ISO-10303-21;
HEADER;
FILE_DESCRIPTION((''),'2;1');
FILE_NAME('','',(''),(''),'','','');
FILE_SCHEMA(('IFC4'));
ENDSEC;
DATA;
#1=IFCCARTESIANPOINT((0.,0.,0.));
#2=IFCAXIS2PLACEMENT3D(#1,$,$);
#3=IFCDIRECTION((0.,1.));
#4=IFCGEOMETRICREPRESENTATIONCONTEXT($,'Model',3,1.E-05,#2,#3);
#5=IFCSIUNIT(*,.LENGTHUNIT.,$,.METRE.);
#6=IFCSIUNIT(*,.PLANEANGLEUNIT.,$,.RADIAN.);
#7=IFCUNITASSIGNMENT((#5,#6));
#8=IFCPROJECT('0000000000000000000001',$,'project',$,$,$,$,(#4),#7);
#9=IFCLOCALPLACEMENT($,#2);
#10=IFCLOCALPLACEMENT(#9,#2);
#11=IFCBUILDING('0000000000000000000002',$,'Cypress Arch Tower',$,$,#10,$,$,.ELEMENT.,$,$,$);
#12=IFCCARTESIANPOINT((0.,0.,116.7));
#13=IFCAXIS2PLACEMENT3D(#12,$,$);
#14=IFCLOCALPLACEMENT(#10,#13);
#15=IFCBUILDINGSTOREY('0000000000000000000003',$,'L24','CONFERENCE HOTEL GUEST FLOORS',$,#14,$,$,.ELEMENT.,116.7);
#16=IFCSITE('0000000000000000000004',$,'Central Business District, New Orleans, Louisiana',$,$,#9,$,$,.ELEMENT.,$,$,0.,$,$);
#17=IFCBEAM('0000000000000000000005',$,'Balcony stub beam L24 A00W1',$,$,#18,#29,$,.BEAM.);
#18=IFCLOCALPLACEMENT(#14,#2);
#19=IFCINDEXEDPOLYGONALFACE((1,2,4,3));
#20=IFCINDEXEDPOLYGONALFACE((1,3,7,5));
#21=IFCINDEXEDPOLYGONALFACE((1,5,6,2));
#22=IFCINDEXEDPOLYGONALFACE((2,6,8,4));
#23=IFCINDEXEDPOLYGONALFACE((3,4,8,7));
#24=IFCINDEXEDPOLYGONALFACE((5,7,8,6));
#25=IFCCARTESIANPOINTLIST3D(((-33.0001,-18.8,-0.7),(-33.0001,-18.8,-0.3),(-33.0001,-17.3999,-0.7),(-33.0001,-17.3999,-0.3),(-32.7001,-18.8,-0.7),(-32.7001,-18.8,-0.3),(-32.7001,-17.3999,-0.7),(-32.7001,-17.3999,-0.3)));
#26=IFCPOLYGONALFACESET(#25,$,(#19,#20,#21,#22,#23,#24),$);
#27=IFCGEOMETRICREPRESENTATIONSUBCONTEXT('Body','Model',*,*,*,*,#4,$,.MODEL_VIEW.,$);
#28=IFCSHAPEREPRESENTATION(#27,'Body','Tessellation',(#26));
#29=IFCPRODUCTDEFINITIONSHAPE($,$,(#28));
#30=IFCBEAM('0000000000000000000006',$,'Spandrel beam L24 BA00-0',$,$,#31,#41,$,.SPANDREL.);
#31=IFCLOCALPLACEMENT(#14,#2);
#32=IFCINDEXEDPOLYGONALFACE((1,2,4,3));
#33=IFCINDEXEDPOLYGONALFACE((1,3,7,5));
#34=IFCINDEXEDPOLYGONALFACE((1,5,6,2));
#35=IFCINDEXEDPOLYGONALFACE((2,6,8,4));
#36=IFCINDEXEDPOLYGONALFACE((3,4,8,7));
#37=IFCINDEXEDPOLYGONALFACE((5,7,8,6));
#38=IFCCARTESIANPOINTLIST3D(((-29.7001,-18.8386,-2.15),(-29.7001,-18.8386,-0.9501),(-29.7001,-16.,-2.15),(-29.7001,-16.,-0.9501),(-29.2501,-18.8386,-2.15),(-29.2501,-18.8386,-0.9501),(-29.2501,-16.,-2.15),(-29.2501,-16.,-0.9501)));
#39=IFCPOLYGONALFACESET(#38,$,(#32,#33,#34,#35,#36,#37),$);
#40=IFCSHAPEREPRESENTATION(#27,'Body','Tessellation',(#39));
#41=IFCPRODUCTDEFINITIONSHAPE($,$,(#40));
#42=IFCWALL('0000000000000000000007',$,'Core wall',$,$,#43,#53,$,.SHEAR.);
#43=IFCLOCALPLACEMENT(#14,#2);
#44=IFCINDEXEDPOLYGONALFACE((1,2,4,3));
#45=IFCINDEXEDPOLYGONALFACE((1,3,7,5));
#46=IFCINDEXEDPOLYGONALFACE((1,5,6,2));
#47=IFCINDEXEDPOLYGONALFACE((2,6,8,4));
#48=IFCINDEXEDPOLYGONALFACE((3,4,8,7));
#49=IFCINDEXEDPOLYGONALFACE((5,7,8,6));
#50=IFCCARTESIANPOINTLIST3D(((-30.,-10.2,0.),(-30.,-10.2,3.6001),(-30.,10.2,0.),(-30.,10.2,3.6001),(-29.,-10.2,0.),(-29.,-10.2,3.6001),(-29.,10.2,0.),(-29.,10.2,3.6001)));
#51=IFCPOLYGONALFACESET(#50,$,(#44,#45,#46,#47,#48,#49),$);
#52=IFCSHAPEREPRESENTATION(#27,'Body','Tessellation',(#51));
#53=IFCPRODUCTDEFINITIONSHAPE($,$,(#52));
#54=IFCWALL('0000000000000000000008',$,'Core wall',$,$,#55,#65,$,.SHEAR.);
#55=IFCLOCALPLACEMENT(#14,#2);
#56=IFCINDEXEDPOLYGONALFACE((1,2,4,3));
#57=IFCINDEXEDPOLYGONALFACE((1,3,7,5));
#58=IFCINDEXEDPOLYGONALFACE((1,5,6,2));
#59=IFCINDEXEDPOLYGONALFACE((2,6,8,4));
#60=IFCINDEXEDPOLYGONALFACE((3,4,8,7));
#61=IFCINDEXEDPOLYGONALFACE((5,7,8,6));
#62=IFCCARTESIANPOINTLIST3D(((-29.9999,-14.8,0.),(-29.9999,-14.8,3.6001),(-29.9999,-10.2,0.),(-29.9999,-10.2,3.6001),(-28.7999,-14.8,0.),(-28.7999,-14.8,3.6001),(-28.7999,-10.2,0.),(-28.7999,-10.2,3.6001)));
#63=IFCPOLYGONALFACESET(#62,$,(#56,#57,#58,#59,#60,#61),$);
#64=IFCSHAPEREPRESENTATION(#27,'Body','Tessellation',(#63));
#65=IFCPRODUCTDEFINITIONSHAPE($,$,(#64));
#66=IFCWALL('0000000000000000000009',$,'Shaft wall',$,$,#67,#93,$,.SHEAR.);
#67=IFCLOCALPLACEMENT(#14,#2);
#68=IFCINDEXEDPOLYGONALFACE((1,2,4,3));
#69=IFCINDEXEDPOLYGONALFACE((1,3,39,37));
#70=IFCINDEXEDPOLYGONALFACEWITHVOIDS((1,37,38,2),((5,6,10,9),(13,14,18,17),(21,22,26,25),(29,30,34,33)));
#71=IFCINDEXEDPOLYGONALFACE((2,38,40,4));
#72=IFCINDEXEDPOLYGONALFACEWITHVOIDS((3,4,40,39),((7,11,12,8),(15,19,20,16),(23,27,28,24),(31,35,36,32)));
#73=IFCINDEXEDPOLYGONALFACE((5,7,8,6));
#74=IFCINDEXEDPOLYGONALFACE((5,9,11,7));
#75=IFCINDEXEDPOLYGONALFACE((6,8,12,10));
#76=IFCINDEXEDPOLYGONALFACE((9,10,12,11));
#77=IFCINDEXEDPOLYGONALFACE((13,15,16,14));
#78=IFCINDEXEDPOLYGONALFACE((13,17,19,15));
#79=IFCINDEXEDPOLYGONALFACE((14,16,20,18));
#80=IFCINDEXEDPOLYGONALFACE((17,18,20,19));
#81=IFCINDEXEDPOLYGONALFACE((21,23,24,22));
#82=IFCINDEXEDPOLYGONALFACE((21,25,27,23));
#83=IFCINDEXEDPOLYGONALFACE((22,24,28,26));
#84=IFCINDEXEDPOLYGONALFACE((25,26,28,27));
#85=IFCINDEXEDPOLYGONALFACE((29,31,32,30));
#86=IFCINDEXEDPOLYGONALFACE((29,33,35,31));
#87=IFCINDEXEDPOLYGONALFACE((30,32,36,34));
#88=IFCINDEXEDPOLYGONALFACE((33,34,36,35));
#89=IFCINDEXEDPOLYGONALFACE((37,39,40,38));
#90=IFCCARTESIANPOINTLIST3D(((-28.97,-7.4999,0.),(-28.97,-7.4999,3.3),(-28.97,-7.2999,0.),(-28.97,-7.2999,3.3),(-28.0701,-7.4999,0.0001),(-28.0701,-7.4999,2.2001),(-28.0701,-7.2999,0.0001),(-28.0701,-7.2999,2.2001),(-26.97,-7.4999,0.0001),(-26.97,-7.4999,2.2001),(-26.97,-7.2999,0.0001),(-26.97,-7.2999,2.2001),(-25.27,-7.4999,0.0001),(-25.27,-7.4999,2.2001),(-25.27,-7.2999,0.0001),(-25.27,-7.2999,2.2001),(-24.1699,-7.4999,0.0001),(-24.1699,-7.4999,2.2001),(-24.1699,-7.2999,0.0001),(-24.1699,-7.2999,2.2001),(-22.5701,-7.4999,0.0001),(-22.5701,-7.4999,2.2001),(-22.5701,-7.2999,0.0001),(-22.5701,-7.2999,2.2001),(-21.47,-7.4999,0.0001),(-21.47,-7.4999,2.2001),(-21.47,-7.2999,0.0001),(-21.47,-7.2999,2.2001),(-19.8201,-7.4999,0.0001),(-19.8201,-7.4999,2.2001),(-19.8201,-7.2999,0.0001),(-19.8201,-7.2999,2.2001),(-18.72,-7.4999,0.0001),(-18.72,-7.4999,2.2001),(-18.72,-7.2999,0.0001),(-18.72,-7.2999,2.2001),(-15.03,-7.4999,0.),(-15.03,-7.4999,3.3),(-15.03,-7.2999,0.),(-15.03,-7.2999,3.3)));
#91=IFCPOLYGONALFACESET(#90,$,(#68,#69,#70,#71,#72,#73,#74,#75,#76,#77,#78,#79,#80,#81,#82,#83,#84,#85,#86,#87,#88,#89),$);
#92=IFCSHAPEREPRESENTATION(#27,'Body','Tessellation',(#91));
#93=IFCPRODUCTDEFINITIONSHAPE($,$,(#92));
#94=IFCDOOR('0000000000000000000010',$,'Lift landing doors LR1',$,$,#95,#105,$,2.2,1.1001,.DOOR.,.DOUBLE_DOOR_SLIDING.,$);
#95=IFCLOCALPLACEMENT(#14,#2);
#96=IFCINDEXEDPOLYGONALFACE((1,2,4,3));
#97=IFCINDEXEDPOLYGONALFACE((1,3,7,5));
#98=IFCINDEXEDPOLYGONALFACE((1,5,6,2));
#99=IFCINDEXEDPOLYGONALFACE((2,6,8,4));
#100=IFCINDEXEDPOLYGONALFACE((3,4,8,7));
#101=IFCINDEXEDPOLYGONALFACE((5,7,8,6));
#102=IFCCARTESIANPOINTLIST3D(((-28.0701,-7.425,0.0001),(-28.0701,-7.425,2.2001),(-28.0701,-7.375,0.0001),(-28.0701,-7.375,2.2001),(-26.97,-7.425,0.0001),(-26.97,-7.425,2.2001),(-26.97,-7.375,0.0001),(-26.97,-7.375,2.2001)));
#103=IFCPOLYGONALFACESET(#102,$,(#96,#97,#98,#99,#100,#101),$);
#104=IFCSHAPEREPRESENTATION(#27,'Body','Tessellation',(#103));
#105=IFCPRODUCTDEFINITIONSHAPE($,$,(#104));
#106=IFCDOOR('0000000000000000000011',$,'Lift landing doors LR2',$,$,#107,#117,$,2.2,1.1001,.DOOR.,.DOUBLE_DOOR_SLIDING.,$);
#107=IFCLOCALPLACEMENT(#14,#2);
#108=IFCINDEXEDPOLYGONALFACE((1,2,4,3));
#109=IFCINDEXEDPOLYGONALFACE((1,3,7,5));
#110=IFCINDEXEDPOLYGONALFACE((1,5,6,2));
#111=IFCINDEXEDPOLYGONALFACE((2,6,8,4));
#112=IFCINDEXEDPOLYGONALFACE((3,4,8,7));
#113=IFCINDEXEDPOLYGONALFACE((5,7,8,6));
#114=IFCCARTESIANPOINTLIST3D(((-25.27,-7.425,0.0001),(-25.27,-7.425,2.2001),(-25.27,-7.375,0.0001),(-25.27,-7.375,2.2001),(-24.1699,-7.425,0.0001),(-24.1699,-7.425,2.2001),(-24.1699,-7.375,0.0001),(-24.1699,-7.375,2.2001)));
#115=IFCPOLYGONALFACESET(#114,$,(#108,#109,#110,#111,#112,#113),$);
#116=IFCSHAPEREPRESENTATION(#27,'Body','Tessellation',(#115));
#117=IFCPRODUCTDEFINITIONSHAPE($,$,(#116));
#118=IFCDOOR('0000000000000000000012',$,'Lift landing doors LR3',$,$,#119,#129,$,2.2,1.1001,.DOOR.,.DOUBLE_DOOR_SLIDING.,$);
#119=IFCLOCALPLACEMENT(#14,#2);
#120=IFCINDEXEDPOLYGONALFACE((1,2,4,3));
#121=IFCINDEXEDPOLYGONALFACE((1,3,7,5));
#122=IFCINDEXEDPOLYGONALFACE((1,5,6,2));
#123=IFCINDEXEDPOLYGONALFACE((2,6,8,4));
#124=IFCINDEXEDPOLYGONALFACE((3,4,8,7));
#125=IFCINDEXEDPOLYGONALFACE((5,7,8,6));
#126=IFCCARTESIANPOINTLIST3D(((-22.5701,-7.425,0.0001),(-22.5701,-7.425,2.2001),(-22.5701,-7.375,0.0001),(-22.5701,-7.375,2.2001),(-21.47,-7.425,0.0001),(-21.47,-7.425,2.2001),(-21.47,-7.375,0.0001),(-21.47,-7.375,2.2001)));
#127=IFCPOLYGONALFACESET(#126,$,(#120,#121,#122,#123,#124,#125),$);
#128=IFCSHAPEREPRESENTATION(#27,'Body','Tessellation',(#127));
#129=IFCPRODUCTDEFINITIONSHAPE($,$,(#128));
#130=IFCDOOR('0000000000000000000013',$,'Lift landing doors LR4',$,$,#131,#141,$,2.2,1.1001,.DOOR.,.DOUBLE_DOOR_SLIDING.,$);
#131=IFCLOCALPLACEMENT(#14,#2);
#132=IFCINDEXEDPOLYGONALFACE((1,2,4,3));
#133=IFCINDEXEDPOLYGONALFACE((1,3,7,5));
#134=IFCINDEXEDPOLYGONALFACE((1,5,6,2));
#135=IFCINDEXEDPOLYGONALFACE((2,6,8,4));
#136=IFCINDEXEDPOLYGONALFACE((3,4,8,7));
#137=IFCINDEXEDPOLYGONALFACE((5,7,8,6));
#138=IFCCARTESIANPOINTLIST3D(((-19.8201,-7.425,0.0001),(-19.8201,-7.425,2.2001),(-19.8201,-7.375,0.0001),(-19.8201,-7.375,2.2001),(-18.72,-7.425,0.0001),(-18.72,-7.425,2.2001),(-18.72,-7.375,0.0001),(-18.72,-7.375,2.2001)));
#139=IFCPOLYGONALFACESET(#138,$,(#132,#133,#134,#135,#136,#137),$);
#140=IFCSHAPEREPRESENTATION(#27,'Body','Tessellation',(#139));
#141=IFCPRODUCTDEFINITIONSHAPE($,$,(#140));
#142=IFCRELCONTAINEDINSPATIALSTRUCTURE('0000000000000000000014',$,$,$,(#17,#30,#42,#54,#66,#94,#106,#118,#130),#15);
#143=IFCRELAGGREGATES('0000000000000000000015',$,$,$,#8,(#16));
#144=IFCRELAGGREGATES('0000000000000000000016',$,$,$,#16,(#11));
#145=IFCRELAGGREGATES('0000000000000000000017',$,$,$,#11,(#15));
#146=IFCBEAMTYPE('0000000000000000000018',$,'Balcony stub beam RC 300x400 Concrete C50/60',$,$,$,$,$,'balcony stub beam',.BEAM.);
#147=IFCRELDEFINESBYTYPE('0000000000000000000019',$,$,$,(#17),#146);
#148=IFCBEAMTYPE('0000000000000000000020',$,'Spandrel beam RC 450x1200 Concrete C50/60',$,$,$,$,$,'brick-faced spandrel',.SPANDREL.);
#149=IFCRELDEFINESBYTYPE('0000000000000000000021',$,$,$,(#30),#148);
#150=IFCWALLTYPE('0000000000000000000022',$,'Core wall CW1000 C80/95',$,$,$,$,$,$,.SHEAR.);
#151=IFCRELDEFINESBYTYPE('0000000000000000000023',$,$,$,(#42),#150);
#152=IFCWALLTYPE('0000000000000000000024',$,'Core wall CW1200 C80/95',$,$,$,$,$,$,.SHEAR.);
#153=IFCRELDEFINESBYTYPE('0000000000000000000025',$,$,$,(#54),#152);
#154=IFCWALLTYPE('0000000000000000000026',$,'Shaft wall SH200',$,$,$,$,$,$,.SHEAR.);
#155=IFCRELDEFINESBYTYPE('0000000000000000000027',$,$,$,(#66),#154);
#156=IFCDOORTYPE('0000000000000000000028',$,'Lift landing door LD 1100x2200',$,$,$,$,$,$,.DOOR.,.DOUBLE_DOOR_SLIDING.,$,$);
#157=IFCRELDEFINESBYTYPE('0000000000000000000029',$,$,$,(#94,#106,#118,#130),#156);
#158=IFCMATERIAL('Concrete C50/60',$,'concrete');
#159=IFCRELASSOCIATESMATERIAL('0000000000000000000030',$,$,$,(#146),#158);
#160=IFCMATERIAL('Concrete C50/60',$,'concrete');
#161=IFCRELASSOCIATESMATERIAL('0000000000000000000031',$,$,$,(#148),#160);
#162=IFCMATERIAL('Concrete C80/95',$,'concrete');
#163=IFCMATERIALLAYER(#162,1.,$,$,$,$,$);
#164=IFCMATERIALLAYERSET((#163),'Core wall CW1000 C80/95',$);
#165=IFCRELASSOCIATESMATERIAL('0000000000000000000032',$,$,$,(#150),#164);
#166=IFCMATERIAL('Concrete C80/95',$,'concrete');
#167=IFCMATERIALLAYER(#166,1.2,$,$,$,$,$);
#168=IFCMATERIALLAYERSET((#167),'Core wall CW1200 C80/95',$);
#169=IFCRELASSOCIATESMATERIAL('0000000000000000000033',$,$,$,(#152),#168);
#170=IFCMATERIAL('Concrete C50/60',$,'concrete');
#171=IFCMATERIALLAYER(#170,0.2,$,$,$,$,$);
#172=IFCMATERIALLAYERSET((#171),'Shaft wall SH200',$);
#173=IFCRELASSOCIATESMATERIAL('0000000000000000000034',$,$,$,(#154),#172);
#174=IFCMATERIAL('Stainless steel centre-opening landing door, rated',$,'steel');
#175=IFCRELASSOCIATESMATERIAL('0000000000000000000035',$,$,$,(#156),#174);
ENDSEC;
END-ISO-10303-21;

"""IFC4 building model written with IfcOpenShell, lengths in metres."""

from ifc_helpers import new_model, si_unit, direction, frame, frame_2d, origin, origin_2d, place, context, subcontext, project, spatial, rectangle, extrude, material, layer, layer_set, material_profile, profile_set, type_object, element, fill, save


model = new_model("IFC4")

# Units and contexts
model_context = context("Model", 3, precision=1e-05, world=origin(), true_north=direction((0.0, 1.0)))
body_context = subcontext(model_context, "Body", "Model", "MODEL_VIEW")
ifc_project = project(units=[si_unit("LENGTHUNIT", "METRE"), si_unit("PLANEANGLEUNIT", "RADIAN")], contexts=[model_context])

# Site, building, storey
site_placement = place(None, origin())
site = spatial("IfcSite", under=ifc_project, at=site_placement, Name="Central Business District, New Orleans, Louisiana", CompositionType="ELEMENT", RefElevation=0.0)
building_placement = place(site_placement, origin())
building = spatial("IfcBuilding", under=site, at=building_placement, Name="Cypress Arch Tower", CompositionType="ELEMENT")
storey_placement = place(building_placement, frame((0.0, 0.0, 116.7)))
storey = spatial("IfcBuildingStorey", under=building, at=storey_placement, Name="L24", Description="CONFERENCE HOTEL GUEST FLOORS", CompositionType="ELEMENT", Elevation=116.7)

# Beams
ifc_material_1 = material(Name="Concrete C50/60", Category="concrete")
ifc_material_profile_1 = material_profile(ifc_material_1, rectangle(XDim=0.3, YDim=0.3999, at=origin_2d()), Name="RC 300x400")
ifc_profile_set_1 = profile_set([ifc_material_profile_1], Name="Concrete C50/60")
beam_type_1 = type_object("IfcBeamType", Name="Balcony stub beam RC 300x400 Concrete C50/60", ElementType="balcony stub beam", PredefinedType="BEAM", material=ifc_profile_set_1)
beam_1_placement = place(storey_placement, frame((-32.8501, -17.3999, -0.5), z_axis=(0.0, -1.0, 0.0), x_axis=(1.0, 0.0, 0.0)))
element("IfcBeam", 1, at=beam_1_placement, inside=storey, type_object=beam_type_1, Name="Balcony stub beam L24 A00W1", PredefinedType="BEAM", context=body_context, shape_type="SweptSolid", body=[
    extrude(rectangle(XDim=0.3, YDim=0.3999, at=origin_2d()), origin(), (0.0, 0.0, 1.0), 1.4001),
])
ifc_material_2 = material(Name="Concrete C50/60", Category="concrete")
ifc_material_profile_2 = material_profile(ifc_material_2, rectangle(XDim=0.45, YDim=1.2, at=origin_2d()), Name="RC 450x1200")
ifc_profile_set_2 = profile_set([ifc_material_profile_2], Name="Concrete C50/60")
beam_type_2 = type_object("IfcBeamType", Name="Spandrel beam RC 450x1200 Concrete C50/60", ElementType="brick-faced spandrel", PredefinedType="SPANDREL", material=ifc_profile_set_2)
beam_2_placement = place(storey_placement, frame((-29.4751, -16.0, -1.55), z_axis=(0.0, -1.0, 0.0), x_axis=(1.0, 0.0, 0.0)))
element("IfcBeam", 2, at=beam_2_placement, inside=storey, type_object=beam_type_2, Name="Spandrel beam L24 BA00-0", PredefinedType="SPANDREL", context=body_context, shape_type="SweptSolid", body=[
    extrude(rectangle(XDim=0.45, YDim=1.2, at=origin_2d()), origin(), (0.0, 0.0, 1.0), 2.8386),
])

# Wall
ifc_material_3 = material(Name="Concrete C80/95", Category="concrete")
ifc_layer_1 = layer(ifc_material_3, 1.0)
ifc_layer_set_1 = layer_set([ifc_layer_1], Name="Core wall CW1000 C80/95")
wall_type_1 = type_object("IfcWallType", Name="Core wall CW1000 C80/95", PredefinedType="SHEAR", material=ifc_layer_set_1)
wall_1_placement = place(storey_placement, frame((-29.5, -10.2, 0.0), z_axis=(0.0, 0.0, 1.0), x_axis=(0.0, 1.0, 0.0)))
element("IfcWall", 3, at=wall_1_placement, inside=storey, type_object=wall_type_1, Name="Core wall", PredefinedType="SHEAR", context=body_context, shape_type="SweptSolid", body=[
    extrude(rectangle(XDim=20.3999, YDim=1.0, at=frame_2d((10.2, 0.0))), origin(), (0.0, 0.0, 1.0), 3.6001),
])

# Shared definitions
ifc_material_4 = material(Name="Concrete C80/95", Category="concrete")
ifc_layer_2 = layer(ifc_material_4, 1.2)
ifc_layer_set_2 = layer_set([ifc_layer_2], Name="Core wall CW1200 C80/95")
wall_type_2 = type_object("IfcWallType", Name="Core wall CW1200 C80/95", PredefinedType="SHEAR", material=ifc_layer_set_2)

# Wall
wall_2_placement = place(storey_placement, frame((-29.3999, -14.8, 0.0), z_axis=(0.0, 0.0, 1.0), x_axis=(0.0, 1.0, 0.0)))
element("IfcWall", 4, at=wall_2_placement, inside=storey, type_object=wall_type_2, Name="Core wall", PredefinedType="SHEAR", context=body_context, shape_type="SweptSolid", body=[
    extrude(rectangle(XDim=4.6001, YDim=1.2, at=frame_2d((2.3, 0.0))), origin(), (0.0, 0.0, 1.0), 3.6001),
])

# Wall, openings, doors
ifc_material_5 = material(Name="Concrete C50/60", Category="concrete")
ifc_layer_3 = layer(ifc_material_5, 0.2)
ifc_layer_set_3 = layer_set([ifc_layer_3], Name="Shaft wall SH200")
wall_type_3 = type_object("IfcWallType", Name="Shaft wall SH200", PredefinedType="SHEAR", material=ifc_layer_set_3)
wall_3_placement = place(storey_placement, frame((-28.97, -7.3999, 0.0), z_axis=(0.0, 0.0, 1.0), x_axis=(1.0, 0.0, 0.0)))
wall_3 = element("IfcWall", 5, at=wall_3_placement, inside=storey, type_object=wall_type_3, Name="Shaft wall", PredefinedType="SHEAR", context=body_context, shape_type="SweptSolid", body=[
    extrude(rectangle(XDim=13.9399, YDim=0.2, at=frame_2d((6.97, 0.0))), origin(), (0.0, 0.0, 1.0), 3.3),
])
opening_1_placement = place(wall_3_placement, frame((0.8999, 0.0, 0.0)))
opening_1 = element("IfcOpeningElement", 6, at=opening_1_placement, cuts=wall_3, PredefinedType="OPENING", context=body_context, shape_type="SweptSolid", body=[
    extrude(rectangle(XDim=1.1001, YDim=2.2, at=frame_2d((0.55, 1.1001))), frame((0.0, 0.1099, 0.0), z_axis=(0.0, -1.0, 0.0), x_axis=(1.0, 0.0, 0.0)), (0.0, 0.0, 1.0), 0.22),
])
opening_2_placement = place(wall_3_placement, frame((3.7, 0.0, 0.0)))
opening_2 = element("IfcOpeningElement", 7, at=opening_2_placement, cuts=wall_3, PredefinedType="OPENING", context=body_context, shape_type="SweptSolid", body=[
    extrude(rectangle(XDim=1.1001, YDim=2.2, at=frame_2d((0.55, 1.1001))), frame((0.0, 0.1099, 0.0), z_axis=(0.0, -1.0, 0.0), x_axis=(1.0, 0.0, 0.0)), (0.0, 0.0, 1.0), 0.22),
])
opening_3_placement = place(wall_3_placement, frame((6.3999, 0.0, 0.0)))
opening_3 = element("IfcOpeningElement", 8, at=opening_3_placement, cuts=wall_3, PredefinedType="OPENING", context=body_context, shape_type="SweptSolid", body=[
    extrude(rectangle(XDim=1.1001, YDim=2.2, at=frame_2d((0.55, 1.1001))), frame((0.0, 0.1099, 0.0), z_axis=(0.0, -1.0, 0.0), x_axis=(1.0, 0.0, 0.0)), (0.0, 0.0, 1.0), 0.22),
])
opening_4_placement = place(wall_3_placement, frame((9.1499, 0.0, 0.0)))
opening_4 = element("IfcOpeningElement", 9, at=opening_4_placement, cuts=wall_3, PredefinedType="OPENING", context=body_context, shape_type="SweptSolid", body=[
    extrude(rectangle(XDim=1.1001, YDim=2.2, at=frame_2d((0.55, 1.1001))), frame((0.0, 0.1099, 0.0), z_axis=(0.0, -1.0, 0.0), x_axis=(1.0, 0.0, 0.0)), (0.0, 0.0, 1.0), 0.22),
])
ifc_material_6 = material(Name="Stainless steel centre-opening landing door, rated", Category="steel")
door_type_1 = type_object("IfcDoorType", Name="Lift landing door LD 1100x2200", OperationType="DOUBLE_DOOR_SLIDING", PredefinedType="DOOR", material=ifc_material_6)
door_1_placement = place(opening_1_placement, origin())
door_1 = element("IfcDoor", 10, at=door_1_placement, inside=storey, type_object=door_type_1, Name="Lift landing doors LR1", OperationType="DOUBLE_DOOR_SLIDING", OverallHeight=2.2, OverallWidth=1.1001, PredefinedType="DOOR", context=body_context, shape_type="SweptSolid", body=[
    extrude(rectangle(XDim=1.1001, YDim=2.2, at=frame_2d((0.55, 1.1001))), frame((0.0, 0.0249, 0.0), z_axis=(0.0, -1.0, 0.0), x_axis=(1.0, 0.0, 0.0)), (0.0, 0.0, 1.0), 0.05),
])
fill(opening_1, door_1)
door_2_placement = place(opening_2_placement, origin())
door_2 = element("IfcDoor", 11, at=door_2_placement, inside=storey, type_object=door_type_1, Name="Lift landing doors LR2", OperationType="DOUBLE_DOOR_SLIDING", OverallHeight=2.2, OverallWidth=1.1001, PredefinedType="DOOR", context=body_context, shape_type="SweptSolid", body=[
    extrude(rectangle(XDim=1.1001, YDim=2.2, at=frame_2d((0.55, 1.1001))), frame((0.0, 0.0249, 0.0), z_axis=(0.0, -1.0, 0.0), x_axis=(1.0, 0.0, 0.0)), (0.0, 0.0, 1.0), 0.05),
])
fill(opening_2, door_2)
door_3_placement = place(opening_3_placement, origin())
door_3 = element("IfcDoor", 12, at=door_3_placement, inside=storey, type_object=door_type_1, Name="Lift landing doors LR3", OperationType="DOUBLE_DOOR_SLIDING", OverallHeight=2.2, OverallWidth=1.1001, PredefinedType="DOOR", context=body_context, shape_type="SweptSolid", body=[
    extrude(rectangle(XDim=1.1001, YDim=2.2, at=frame_2d((0.55, 1.1001))), frame((0.0, 0.0249, 0.0), z_axis=(0.0, -1.0, 0.0), x_axis=(1.0, 0.0, 0.0)), (0.0, 0.0, 1.0), 0.05),
])
fill(opening_3, door_3)
door_4_placement = place(opening_4_placement, origin())
door_4 = element("IfcDoor", 13, at=door_4_placement, inside=storey, type_object=door_type_1, Name="Lift landing doors LR4", OperationType="DOUBLE_DOOR_SLIDING", OverallHeight=2.2, OverallWidth=1.1001, PredefinedType="DOOR", context=body_context, shape_type="SweptSolid", body=[
    extrude(rectangle(XDim=1.1001, YDim=2.2, at=frame_2d((0.55, 1.1001))), frame((0.0, 0.0249, 0.0), z_axis=(0.0, -1.0, 0.0), x_axis=(1.0, 0.0, 0.0)), (0.0, 0.0, 1.0), 0.05),
])
fill(opening_4, door_4)

save(model, "model.ifc")
